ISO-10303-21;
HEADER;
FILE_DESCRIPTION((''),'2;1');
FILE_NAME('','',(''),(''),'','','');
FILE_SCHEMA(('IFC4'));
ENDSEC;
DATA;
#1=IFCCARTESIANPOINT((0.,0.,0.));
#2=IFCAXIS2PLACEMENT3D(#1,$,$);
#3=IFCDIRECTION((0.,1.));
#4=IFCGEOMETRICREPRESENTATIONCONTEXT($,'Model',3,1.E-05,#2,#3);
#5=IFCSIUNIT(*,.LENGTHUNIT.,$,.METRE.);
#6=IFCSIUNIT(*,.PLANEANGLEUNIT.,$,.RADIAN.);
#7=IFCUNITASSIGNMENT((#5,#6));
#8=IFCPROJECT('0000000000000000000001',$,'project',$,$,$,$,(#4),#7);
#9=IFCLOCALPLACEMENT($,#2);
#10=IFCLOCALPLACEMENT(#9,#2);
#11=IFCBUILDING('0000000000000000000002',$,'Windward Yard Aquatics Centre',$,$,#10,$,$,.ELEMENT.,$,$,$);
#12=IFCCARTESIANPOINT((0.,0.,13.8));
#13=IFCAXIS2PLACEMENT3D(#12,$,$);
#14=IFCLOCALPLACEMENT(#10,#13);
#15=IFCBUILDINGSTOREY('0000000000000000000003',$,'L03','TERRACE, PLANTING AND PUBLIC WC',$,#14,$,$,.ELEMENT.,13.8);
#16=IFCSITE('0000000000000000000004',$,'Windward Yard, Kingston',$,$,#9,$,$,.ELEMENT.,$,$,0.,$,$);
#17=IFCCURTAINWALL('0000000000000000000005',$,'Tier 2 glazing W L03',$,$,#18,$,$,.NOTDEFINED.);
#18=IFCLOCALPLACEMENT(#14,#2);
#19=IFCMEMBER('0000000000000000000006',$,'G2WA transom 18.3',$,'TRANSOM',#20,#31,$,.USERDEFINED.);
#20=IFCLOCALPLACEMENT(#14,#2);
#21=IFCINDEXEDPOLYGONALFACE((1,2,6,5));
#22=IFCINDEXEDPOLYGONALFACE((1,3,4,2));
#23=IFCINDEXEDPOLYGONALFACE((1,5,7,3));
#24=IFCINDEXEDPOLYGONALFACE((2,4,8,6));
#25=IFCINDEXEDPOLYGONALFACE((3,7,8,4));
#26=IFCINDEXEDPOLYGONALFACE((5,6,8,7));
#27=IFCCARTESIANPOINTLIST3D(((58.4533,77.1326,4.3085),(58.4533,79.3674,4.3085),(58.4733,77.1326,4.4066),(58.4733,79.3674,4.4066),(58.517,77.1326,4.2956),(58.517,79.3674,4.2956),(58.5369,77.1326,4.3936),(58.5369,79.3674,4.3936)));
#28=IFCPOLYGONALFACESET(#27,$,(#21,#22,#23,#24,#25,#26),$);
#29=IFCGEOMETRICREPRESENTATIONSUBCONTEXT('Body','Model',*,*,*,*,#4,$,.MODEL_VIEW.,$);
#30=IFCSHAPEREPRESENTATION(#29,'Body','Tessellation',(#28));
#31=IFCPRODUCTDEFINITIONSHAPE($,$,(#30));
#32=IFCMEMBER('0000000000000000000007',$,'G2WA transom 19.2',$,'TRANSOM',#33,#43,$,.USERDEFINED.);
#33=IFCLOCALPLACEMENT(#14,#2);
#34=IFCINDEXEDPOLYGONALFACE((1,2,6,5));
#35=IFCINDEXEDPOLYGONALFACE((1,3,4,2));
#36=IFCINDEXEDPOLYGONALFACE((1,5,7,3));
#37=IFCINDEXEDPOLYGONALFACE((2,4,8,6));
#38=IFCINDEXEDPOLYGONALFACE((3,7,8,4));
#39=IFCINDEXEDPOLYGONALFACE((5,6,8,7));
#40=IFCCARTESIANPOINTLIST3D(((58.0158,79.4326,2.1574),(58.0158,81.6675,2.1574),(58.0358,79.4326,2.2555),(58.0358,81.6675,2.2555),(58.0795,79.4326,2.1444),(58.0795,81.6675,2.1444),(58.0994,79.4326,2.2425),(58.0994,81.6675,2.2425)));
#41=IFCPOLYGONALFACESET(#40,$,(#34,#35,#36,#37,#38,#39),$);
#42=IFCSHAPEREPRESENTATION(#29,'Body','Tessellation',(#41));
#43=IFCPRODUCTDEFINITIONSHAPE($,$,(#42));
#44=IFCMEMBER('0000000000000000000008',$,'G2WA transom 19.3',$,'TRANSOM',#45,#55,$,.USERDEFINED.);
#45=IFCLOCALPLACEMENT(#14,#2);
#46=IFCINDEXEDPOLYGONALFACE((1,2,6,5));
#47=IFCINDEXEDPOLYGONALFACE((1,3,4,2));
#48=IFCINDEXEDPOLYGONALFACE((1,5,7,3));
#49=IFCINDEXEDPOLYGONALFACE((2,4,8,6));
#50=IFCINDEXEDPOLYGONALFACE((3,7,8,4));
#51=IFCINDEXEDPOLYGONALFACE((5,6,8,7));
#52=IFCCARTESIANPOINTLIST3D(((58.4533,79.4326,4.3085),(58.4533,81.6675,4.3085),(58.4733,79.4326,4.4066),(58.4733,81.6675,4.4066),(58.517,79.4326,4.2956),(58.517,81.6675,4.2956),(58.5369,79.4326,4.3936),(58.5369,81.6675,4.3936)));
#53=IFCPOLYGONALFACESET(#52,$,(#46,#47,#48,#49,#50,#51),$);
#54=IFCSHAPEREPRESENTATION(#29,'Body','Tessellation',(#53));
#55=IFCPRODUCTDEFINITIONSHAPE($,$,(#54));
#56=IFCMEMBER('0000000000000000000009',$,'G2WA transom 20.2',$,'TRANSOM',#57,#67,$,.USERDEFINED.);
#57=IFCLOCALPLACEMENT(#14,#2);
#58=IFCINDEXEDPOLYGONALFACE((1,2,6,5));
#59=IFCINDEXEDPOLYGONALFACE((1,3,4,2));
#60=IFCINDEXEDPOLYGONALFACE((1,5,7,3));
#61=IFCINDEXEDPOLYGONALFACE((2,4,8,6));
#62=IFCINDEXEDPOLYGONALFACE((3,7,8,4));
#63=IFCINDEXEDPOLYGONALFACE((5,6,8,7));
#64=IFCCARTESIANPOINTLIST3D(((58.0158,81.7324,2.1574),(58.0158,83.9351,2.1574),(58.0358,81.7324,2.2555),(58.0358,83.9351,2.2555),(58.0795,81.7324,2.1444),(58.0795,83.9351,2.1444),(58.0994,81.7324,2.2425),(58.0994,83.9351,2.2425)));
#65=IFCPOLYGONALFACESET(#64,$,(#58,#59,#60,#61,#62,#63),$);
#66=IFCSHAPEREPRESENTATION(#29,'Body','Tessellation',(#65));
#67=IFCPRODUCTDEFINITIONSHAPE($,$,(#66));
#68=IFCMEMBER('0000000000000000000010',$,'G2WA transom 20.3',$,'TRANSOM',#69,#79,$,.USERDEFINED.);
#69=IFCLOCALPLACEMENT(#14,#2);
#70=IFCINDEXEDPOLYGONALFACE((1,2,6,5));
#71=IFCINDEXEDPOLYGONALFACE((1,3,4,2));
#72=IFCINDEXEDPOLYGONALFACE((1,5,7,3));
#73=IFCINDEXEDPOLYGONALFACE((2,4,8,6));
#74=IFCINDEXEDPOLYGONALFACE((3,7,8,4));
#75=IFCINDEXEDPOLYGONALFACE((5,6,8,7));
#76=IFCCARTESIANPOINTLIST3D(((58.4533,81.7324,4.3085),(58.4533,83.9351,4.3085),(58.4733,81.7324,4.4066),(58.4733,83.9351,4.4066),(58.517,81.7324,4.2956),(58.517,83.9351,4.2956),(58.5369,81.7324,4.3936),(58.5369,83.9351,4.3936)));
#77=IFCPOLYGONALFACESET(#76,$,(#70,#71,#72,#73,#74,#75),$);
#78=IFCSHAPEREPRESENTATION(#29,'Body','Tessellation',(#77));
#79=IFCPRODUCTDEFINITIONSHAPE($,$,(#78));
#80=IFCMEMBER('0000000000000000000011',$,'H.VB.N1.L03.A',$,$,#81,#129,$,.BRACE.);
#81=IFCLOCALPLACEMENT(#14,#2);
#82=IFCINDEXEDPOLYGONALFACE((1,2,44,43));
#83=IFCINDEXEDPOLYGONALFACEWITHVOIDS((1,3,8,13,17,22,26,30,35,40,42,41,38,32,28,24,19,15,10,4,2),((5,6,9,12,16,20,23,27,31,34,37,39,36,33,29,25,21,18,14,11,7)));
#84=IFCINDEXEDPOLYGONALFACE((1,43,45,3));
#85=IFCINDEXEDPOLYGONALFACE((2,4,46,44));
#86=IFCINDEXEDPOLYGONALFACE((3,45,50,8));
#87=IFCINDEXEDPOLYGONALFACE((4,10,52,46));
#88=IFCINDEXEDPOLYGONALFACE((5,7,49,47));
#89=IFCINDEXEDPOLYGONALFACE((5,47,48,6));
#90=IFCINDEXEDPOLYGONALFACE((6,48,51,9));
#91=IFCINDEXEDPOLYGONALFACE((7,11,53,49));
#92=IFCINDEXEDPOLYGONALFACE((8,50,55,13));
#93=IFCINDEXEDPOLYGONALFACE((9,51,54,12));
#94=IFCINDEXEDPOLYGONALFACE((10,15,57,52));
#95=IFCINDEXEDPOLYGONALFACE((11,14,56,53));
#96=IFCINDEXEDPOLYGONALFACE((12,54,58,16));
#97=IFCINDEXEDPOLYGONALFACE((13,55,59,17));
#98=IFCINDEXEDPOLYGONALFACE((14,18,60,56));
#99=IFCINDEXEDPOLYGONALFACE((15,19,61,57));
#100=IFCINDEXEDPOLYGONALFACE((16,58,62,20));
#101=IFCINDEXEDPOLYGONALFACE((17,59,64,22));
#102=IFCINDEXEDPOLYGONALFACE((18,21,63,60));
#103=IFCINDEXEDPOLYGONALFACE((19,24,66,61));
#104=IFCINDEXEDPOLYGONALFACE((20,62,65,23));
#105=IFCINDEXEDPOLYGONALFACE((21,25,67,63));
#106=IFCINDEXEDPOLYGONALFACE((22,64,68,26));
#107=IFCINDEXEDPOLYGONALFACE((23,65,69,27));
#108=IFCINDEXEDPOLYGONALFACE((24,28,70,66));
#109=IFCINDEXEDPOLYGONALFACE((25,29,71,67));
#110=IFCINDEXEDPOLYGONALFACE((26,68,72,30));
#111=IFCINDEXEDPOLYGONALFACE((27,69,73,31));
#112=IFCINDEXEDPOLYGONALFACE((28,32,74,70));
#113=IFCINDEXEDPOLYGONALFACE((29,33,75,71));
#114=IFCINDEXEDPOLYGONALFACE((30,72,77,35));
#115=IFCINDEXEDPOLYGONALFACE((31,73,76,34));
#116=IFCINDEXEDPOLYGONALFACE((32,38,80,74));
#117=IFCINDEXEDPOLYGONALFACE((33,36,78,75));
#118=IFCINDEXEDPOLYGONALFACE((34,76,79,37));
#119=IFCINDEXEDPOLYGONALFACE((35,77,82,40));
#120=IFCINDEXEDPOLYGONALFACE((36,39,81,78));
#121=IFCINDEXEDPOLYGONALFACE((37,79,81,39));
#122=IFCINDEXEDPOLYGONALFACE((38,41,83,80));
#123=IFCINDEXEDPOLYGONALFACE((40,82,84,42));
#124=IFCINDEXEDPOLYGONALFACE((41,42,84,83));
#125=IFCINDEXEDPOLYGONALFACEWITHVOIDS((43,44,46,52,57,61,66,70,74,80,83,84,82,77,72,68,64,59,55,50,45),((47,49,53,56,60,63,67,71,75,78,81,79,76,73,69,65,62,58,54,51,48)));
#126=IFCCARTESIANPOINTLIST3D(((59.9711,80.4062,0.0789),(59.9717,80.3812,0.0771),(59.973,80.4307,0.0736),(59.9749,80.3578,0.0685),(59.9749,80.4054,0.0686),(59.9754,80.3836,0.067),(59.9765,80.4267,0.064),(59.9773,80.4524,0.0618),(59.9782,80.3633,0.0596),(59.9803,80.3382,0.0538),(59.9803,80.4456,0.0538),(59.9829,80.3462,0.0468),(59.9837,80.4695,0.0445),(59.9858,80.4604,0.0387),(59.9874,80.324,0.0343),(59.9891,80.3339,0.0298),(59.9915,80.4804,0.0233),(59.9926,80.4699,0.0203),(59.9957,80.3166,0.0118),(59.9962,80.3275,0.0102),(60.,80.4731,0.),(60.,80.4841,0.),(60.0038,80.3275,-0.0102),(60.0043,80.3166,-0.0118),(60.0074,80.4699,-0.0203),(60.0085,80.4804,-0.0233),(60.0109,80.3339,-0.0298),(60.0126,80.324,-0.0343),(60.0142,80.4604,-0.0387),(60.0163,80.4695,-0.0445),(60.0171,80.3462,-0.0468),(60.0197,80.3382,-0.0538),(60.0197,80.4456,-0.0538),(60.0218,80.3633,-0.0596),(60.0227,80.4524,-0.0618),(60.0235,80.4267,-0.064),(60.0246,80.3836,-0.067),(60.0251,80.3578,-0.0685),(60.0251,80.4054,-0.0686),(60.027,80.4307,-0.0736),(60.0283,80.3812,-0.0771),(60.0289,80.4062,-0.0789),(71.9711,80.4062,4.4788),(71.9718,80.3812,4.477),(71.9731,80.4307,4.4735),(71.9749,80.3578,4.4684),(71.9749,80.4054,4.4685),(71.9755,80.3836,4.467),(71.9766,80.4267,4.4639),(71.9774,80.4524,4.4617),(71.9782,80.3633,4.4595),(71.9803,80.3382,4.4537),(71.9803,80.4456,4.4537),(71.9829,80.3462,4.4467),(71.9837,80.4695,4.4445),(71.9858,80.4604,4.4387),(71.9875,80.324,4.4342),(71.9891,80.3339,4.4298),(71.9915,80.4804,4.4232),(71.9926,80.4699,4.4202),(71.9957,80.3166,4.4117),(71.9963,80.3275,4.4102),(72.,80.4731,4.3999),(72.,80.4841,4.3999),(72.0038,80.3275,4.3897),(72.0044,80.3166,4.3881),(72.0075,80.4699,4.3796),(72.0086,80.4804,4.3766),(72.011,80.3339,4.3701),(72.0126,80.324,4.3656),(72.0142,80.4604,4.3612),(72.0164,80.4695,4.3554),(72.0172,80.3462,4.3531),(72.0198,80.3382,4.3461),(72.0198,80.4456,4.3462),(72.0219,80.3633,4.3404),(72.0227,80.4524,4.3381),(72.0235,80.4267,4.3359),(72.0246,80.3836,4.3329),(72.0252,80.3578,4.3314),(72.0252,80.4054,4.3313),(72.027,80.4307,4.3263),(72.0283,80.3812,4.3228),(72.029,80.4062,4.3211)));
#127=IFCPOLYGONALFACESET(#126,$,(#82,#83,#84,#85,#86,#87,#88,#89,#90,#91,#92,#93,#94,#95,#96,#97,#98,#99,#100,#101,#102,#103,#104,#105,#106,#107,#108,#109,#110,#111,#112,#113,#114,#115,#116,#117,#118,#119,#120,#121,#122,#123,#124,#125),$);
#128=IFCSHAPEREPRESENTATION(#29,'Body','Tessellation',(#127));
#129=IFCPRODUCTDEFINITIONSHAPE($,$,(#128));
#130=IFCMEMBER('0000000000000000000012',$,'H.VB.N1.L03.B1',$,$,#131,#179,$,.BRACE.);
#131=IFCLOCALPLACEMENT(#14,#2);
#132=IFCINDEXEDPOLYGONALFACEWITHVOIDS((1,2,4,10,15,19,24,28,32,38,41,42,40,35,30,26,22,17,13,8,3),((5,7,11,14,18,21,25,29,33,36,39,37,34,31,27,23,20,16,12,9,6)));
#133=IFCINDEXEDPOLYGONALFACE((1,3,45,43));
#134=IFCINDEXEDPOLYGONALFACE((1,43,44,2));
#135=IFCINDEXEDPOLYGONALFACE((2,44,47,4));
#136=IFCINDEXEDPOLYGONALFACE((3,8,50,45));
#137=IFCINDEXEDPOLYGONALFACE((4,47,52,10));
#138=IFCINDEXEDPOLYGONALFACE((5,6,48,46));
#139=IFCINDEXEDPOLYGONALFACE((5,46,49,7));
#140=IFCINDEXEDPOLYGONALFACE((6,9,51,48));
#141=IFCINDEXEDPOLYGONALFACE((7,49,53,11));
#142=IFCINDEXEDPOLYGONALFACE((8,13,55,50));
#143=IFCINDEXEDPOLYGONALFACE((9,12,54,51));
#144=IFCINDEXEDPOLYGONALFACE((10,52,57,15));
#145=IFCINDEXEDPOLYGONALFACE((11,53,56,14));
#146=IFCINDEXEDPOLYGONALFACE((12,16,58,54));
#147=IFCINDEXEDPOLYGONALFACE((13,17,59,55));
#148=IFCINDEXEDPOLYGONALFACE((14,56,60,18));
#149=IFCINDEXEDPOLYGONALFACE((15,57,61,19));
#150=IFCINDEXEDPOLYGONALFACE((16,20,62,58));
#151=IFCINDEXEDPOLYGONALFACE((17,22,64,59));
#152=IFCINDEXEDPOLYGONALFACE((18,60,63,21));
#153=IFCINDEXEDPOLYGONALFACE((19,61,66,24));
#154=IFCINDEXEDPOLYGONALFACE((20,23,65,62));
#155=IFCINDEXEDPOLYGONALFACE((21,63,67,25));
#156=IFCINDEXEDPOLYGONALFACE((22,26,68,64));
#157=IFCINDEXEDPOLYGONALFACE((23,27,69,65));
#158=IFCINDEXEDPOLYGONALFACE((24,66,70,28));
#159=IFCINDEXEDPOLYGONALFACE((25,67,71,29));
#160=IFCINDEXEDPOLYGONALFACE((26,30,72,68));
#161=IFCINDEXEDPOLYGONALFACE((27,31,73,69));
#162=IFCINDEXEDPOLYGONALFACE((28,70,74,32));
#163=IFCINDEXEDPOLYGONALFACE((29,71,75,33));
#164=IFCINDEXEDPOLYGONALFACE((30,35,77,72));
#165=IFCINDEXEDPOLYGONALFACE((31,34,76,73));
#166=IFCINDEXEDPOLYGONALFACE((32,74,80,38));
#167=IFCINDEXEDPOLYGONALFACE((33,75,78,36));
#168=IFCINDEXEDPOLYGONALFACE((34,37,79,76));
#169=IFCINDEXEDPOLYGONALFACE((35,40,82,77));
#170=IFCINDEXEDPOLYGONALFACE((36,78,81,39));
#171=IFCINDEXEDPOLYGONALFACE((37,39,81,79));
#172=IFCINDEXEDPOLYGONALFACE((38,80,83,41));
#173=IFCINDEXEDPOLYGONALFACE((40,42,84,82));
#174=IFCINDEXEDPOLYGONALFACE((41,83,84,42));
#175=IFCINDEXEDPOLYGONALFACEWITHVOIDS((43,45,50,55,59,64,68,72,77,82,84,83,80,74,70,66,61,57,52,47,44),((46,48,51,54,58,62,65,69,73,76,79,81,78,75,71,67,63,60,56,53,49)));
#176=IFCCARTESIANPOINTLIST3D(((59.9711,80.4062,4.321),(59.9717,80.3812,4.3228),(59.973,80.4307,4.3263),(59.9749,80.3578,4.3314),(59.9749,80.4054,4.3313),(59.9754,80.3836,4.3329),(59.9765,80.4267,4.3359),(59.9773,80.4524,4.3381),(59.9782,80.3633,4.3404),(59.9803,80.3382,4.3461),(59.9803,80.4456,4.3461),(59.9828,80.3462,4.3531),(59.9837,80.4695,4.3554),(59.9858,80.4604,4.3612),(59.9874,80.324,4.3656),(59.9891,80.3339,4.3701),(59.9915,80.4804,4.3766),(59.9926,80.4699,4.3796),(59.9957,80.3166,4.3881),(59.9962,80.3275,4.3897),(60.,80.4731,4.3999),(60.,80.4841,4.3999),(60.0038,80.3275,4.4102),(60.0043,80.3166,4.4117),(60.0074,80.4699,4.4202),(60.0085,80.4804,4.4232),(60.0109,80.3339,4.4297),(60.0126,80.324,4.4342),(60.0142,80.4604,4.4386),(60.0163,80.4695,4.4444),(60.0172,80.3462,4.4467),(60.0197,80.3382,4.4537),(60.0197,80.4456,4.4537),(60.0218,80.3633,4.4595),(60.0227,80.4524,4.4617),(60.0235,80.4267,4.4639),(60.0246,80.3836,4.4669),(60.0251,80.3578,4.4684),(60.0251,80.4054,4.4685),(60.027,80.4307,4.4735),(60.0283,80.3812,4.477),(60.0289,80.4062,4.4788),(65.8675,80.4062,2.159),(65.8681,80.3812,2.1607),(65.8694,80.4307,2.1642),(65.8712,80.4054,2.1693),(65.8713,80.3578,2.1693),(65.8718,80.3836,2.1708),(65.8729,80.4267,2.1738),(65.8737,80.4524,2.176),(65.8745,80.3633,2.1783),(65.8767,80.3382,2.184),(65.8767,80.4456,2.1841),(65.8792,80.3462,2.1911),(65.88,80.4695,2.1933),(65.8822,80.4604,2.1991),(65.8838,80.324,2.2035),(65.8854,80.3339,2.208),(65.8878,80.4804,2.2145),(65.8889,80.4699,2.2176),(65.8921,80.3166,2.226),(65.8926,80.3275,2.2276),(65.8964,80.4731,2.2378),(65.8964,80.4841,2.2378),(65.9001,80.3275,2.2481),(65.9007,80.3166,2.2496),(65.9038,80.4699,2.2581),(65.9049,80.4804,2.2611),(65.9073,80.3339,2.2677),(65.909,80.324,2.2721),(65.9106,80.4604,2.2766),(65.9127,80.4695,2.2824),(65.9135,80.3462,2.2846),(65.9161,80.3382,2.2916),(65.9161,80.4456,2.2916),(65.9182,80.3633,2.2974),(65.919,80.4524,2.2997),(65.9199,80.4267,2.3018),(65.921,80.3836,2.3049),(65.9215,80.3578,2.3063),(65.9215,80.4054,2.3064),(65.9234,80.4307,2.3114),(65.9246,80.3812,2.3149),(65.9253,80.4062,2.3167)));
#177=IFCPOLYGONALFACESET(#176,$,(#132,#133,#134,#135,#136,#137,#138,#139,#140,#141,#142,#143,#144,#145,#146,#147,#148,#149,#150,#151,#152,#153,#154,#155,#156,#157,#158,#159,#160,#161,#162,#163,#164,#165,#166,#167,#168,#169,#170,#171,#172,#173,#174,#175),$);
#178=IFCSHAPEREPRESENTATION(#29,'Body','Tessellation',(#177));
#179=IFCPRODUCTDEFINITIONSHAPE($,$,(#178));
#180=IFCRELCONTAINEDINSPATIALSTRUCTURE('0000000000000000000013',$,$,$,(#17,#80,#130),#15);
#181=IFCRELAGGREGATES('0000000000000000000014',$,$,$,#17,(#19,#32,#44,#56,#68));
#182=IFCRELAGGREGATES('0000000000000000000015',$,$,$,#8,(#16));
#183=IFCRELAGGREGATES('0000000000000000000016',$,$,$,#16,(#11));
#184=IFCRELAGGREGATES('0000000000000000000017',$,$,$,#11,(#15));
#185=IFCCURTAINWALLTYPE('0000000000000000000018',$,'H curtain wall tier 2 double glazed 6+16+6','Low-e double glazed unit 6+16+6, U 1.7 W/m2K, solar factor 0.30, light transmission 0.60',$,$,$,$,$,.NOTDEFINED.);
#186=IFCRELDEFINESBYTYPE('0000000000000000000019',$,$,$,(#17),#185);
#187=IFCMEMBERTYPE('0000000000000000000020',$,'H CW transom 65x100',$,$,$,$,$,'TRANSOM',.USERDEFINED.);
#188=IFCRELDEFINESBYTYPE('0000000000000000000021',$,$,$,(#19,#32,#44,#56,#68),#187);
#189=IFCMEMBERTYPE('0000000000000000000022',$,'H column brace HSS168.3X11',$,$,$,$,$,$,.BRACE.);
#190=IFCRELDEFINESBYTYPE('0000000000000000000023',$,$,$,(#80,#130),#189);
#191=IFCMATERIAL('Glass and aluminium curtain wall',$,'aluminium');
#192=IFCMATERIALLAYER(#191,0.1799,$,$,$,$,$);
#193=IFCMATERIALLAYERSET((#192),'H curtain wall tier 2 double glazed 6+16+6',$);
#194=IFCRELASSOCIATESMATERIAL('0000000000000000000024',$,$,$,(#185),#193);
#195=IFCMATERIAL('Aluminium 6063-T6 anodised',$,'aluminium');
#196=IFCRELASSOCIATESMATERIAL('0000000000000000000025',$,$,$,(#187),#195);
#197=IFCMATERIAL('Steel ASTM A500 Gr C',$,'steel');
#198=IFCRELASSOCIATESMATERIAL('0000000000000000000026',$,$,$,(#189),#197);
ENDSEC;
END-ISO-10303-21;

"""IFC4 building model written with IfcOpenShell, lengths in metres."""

from ifc_helpers import new_model, si_unit, direction, frame, origin, origin_2d, place, context, subcontext, project, spatial, rectangle, hollow_circle, extrude, material, layer, layer_set, material_profile, profile_set, type_object, element, aggregate, save


model = new_model("IFC4")

# Units and contexts
model_context = context("Model", 3, precision=1e-05, world=origin(), true_north=direction((0.0, 1.0)))
body_context = subcontext(model_context, "Body", "Model", "MODEL_VIEW")
ifc_project = project(units=[si_unit("LENGTHUNIT", "METRE"), si_unit("PLANEANGLEUNIT", "RADIAN")], contexts=[model_context])

# Site, building, storey
site_placement = place(None, origin())
site = spatial("IfcSite", under=ifc_project, at=site_placement, Name="Windward Yard, Kingston", CompositionType="ELEMENT", RefElevation=0.0)
building_placement = place(site_placement, origin())
building = spatial("IfcBuilding", under=site, at=building_placement, Name="Windward Yard Aquatics Centre", CompositionType="ELEMENT")
storey_placement = place(building_placement, frame((0.0, 0.0, 13.8)))
storey = spatial("IfcBuildingStorey", under=building, at=storey_placement, Name="L03", Description="TERRACE, PLANTING AND PUBLIC WC", CompositionType="ELEMENT", Elevation=13.8)

# Shared definitions
ifc_material_1 = material(Name="Steel ASTM A500 Gr C", Category="steel")

# Curtain wall, members
ifc_material_2 = material(Name="Glass and aluminium curtain wall", Category="aluminium")
ifc_layer_1 = layer(ifc_material_2, 0.1799)
ifc_layer_set_1 = layer_set([ifc_layer_1], Name="H curtain wall tier 2 double glazed 6+16+6")
curtain_wall_type = type_object("IfcCurtainWallType", Name="H curtain wall tier 2 double glazed 6+16+6", Description="Low-e double glazed unit 6+16+6, U 1.7 W/m2K, solar factor 0.30, light transmission 0.60", PredefinedType="NOTDEFINED", material=ifc_layer_set_1)
ifc_material_3 = material(Name="Aluminium 6063-T6 anodised", Category="aluminium")
ifc_material_profile_1 = material_profile(ifc_material_3, rectangle(XDim=0.0649, YDim=0.1001, at=origin_2d()), Name="H CW transom 65x100")
ifc_profile_set_1 = profile_set([ifc_material_profile_1], Name="Aluminium 6063-T6 anodised")
member_type_1 = type_object("IfcMemberType", Name="H CW transom 65x100", ElementType="TRANSOM", PredefinedType="USERDEFINED", material=ifc_profile_set_1)
curtain_wall_1_placement = place(storey_placement, origin())
curtain_wall_1 = element("IfcCurtainWall", 1, at=curtain_wall_1_placement, inside=storey, type_object=curtain_wall_type, Name="Tier 2 glazing W L03", PredefinedType="NOTDEFINED")
member_1_placement = place(storey_placement, frame((58.4951, 77.1326, 4.3511), z_axis=(0.0, 1.0, 0.0), x_axis=(-0.979925, 0.0, 0.199368)))
member_1 = element("IfcMember", 2, at=member_1_placement, type_object=member_type_1, Name="G2WA transom 18.3", ObjectType="TRANSOM", PredefinedType="USERDEFINED", context=body_context, shape_type="SweptSolid", body=[
    extrude(rectangle(XDim=0.0649, YDim=0.1001, at=origin_2d()), origin(), (0.0, 0.0, 1.0), 2.2349),
])
member_2_placement = place(storey_placement, frame((58.0576, 79.4326, 2.2), z_axis=(0.0, 1.0, 0.0), x_axis=(-0.979925, 0.0, 0.199368)))
member_2 = element("IfcMember", 3, at=member_2_placement, type_object=member_type_1, Name="G2WA transom 19.2", ObjectType="TRANSOM", PredefinedType="USERDEFINED", context=body_context, shape_type="SweptSolid", body=[
    extrude(rectangle(XDim=0.0649, YDim=0.1001, at=origin_2d()), origin(), (0.0, 0.0, 1.0), 2.2349),
])
member_3_placement = place(storey_placement, frame((58.4951, 79.4326, 4.3511), z_axis=(0.0, 1.0, 0.0), x_axis=(-0.979925, 0.0, 0.199368)))
member_3 = element("IfcMember", 4, at=member_3_placement, type_object=member_type_1, Name="G2WA transom 19.3", ObjectType="TRANSOM", PredefinedType="USERDEFINED", context=body_context, shape_type="SweptSolid", body=[
    extrude(rectangle(XDim=0.0649, YDim=0.1001, at=origin_2d()), origin(), (0.0, 0.0, 1.0), 2.2349),
])
member_4_placement = place(storey_placement, frame((58.0576, 81.7324, 2.2), z_axis=(0.0, 1.0, 0.0), x_axis=(-0.979925, 0.0, 0.199368)))
member_4 = element("IfcMember", 5, at=member_4_placement, type_object=member_type_1, Name="G2WA transom 20.2", ObjectType="TRANSOM", PredefinedType="USERDEFINED", context=body_context, shape_type="SweptSolid", body=[
    extrude(rectangle(XDim=0.0649, YDim=0.1001, at=origin_2d()), origin(), (0.0, 0.0, 1.0), 2.2026),
])
member_5_placement = place(storey_placement, frame((58.4951, 81.7324, 4.3511), z_axis=(0.0, 1.0, 0.0), x_axis=(-0.979925, 0.0, 0.199368)))
member_5 = element("IfcMember", 6, at=member_5_placement, type_object=member_type_1, Name="G2WA transom 20.3", ObjectType="TRANSOM", PredefinedType="USERDEFINED", context=body_context, shape_type="SweptSolid", body=[
    extrude(rectangle(XDim=0.0649, YDim=0.1001, at=origin_2d()), origin(), (0.0, 0.0, 1.0), 2.2026),
])

# Members
ifc_material_profile_2 = material_profile(ifc_material_1, hollow_circle(Radius=0.0842, WallThickness=0.011, at=origin_2d()), Name="HSS168.3X11")
ifc_profile_set_2 = profile_set([ifc_material_profile_2], Name="Steel ASTM A500 Gr C")
member_type_2 = type_object("IfcMemberType", Name="H column brace HSS168.3X11", PredefinedType="BRACE", material=ifc_profile_set_2)
member_6_placement = place(storey_placement, frame((60.0, 80.3999, 0.0), z_axis=(0.938879, 0.0, 0.344248), x_axis=(0.0, 1.0, 0.0)))
element("IfcMember", 7, at=member_6_placement, inside=storey, type_object=member_type_2, Name="H.VB.N1.L03.A", PredefinedType="BRACE", context=body_context, shape_type="SweptSolid", body=[
    extrude(hollow_circle(Radius=0.0842, WallThickness=0.011, at=origin_2d()), origin(), (0.0, 0.0, 1.0), 12.7812),
])
for number, where, z_axis, x_axis, name in (
    (8, (60.0, 80.3999, 4.3999), (0.938873, 0.0, -0.344264), (0.0, 1.0, 0.0), "H.VB.N1.L03.B1"),
):
    element("IfcMember", number, at=place(storey_placement, frame(where, z_axis=z_axis, x_axis=x_axis)), inside=storey, type_object=member_type_2, Name=name, PredefinedType="BRACE", context=body_context, shape_type="SweptSolid", body=[
        extrude(hollow_circle(Radius=0.0842, WallThickness=0.011, at=origin_2d()), origin(), (0.0, 0.0, 1.0), 6.2803),
    ])

aggregate(curtain_wall_1, [member_1, member_2, member_3, member_4, member_5])

save(model, "model.ifc")
